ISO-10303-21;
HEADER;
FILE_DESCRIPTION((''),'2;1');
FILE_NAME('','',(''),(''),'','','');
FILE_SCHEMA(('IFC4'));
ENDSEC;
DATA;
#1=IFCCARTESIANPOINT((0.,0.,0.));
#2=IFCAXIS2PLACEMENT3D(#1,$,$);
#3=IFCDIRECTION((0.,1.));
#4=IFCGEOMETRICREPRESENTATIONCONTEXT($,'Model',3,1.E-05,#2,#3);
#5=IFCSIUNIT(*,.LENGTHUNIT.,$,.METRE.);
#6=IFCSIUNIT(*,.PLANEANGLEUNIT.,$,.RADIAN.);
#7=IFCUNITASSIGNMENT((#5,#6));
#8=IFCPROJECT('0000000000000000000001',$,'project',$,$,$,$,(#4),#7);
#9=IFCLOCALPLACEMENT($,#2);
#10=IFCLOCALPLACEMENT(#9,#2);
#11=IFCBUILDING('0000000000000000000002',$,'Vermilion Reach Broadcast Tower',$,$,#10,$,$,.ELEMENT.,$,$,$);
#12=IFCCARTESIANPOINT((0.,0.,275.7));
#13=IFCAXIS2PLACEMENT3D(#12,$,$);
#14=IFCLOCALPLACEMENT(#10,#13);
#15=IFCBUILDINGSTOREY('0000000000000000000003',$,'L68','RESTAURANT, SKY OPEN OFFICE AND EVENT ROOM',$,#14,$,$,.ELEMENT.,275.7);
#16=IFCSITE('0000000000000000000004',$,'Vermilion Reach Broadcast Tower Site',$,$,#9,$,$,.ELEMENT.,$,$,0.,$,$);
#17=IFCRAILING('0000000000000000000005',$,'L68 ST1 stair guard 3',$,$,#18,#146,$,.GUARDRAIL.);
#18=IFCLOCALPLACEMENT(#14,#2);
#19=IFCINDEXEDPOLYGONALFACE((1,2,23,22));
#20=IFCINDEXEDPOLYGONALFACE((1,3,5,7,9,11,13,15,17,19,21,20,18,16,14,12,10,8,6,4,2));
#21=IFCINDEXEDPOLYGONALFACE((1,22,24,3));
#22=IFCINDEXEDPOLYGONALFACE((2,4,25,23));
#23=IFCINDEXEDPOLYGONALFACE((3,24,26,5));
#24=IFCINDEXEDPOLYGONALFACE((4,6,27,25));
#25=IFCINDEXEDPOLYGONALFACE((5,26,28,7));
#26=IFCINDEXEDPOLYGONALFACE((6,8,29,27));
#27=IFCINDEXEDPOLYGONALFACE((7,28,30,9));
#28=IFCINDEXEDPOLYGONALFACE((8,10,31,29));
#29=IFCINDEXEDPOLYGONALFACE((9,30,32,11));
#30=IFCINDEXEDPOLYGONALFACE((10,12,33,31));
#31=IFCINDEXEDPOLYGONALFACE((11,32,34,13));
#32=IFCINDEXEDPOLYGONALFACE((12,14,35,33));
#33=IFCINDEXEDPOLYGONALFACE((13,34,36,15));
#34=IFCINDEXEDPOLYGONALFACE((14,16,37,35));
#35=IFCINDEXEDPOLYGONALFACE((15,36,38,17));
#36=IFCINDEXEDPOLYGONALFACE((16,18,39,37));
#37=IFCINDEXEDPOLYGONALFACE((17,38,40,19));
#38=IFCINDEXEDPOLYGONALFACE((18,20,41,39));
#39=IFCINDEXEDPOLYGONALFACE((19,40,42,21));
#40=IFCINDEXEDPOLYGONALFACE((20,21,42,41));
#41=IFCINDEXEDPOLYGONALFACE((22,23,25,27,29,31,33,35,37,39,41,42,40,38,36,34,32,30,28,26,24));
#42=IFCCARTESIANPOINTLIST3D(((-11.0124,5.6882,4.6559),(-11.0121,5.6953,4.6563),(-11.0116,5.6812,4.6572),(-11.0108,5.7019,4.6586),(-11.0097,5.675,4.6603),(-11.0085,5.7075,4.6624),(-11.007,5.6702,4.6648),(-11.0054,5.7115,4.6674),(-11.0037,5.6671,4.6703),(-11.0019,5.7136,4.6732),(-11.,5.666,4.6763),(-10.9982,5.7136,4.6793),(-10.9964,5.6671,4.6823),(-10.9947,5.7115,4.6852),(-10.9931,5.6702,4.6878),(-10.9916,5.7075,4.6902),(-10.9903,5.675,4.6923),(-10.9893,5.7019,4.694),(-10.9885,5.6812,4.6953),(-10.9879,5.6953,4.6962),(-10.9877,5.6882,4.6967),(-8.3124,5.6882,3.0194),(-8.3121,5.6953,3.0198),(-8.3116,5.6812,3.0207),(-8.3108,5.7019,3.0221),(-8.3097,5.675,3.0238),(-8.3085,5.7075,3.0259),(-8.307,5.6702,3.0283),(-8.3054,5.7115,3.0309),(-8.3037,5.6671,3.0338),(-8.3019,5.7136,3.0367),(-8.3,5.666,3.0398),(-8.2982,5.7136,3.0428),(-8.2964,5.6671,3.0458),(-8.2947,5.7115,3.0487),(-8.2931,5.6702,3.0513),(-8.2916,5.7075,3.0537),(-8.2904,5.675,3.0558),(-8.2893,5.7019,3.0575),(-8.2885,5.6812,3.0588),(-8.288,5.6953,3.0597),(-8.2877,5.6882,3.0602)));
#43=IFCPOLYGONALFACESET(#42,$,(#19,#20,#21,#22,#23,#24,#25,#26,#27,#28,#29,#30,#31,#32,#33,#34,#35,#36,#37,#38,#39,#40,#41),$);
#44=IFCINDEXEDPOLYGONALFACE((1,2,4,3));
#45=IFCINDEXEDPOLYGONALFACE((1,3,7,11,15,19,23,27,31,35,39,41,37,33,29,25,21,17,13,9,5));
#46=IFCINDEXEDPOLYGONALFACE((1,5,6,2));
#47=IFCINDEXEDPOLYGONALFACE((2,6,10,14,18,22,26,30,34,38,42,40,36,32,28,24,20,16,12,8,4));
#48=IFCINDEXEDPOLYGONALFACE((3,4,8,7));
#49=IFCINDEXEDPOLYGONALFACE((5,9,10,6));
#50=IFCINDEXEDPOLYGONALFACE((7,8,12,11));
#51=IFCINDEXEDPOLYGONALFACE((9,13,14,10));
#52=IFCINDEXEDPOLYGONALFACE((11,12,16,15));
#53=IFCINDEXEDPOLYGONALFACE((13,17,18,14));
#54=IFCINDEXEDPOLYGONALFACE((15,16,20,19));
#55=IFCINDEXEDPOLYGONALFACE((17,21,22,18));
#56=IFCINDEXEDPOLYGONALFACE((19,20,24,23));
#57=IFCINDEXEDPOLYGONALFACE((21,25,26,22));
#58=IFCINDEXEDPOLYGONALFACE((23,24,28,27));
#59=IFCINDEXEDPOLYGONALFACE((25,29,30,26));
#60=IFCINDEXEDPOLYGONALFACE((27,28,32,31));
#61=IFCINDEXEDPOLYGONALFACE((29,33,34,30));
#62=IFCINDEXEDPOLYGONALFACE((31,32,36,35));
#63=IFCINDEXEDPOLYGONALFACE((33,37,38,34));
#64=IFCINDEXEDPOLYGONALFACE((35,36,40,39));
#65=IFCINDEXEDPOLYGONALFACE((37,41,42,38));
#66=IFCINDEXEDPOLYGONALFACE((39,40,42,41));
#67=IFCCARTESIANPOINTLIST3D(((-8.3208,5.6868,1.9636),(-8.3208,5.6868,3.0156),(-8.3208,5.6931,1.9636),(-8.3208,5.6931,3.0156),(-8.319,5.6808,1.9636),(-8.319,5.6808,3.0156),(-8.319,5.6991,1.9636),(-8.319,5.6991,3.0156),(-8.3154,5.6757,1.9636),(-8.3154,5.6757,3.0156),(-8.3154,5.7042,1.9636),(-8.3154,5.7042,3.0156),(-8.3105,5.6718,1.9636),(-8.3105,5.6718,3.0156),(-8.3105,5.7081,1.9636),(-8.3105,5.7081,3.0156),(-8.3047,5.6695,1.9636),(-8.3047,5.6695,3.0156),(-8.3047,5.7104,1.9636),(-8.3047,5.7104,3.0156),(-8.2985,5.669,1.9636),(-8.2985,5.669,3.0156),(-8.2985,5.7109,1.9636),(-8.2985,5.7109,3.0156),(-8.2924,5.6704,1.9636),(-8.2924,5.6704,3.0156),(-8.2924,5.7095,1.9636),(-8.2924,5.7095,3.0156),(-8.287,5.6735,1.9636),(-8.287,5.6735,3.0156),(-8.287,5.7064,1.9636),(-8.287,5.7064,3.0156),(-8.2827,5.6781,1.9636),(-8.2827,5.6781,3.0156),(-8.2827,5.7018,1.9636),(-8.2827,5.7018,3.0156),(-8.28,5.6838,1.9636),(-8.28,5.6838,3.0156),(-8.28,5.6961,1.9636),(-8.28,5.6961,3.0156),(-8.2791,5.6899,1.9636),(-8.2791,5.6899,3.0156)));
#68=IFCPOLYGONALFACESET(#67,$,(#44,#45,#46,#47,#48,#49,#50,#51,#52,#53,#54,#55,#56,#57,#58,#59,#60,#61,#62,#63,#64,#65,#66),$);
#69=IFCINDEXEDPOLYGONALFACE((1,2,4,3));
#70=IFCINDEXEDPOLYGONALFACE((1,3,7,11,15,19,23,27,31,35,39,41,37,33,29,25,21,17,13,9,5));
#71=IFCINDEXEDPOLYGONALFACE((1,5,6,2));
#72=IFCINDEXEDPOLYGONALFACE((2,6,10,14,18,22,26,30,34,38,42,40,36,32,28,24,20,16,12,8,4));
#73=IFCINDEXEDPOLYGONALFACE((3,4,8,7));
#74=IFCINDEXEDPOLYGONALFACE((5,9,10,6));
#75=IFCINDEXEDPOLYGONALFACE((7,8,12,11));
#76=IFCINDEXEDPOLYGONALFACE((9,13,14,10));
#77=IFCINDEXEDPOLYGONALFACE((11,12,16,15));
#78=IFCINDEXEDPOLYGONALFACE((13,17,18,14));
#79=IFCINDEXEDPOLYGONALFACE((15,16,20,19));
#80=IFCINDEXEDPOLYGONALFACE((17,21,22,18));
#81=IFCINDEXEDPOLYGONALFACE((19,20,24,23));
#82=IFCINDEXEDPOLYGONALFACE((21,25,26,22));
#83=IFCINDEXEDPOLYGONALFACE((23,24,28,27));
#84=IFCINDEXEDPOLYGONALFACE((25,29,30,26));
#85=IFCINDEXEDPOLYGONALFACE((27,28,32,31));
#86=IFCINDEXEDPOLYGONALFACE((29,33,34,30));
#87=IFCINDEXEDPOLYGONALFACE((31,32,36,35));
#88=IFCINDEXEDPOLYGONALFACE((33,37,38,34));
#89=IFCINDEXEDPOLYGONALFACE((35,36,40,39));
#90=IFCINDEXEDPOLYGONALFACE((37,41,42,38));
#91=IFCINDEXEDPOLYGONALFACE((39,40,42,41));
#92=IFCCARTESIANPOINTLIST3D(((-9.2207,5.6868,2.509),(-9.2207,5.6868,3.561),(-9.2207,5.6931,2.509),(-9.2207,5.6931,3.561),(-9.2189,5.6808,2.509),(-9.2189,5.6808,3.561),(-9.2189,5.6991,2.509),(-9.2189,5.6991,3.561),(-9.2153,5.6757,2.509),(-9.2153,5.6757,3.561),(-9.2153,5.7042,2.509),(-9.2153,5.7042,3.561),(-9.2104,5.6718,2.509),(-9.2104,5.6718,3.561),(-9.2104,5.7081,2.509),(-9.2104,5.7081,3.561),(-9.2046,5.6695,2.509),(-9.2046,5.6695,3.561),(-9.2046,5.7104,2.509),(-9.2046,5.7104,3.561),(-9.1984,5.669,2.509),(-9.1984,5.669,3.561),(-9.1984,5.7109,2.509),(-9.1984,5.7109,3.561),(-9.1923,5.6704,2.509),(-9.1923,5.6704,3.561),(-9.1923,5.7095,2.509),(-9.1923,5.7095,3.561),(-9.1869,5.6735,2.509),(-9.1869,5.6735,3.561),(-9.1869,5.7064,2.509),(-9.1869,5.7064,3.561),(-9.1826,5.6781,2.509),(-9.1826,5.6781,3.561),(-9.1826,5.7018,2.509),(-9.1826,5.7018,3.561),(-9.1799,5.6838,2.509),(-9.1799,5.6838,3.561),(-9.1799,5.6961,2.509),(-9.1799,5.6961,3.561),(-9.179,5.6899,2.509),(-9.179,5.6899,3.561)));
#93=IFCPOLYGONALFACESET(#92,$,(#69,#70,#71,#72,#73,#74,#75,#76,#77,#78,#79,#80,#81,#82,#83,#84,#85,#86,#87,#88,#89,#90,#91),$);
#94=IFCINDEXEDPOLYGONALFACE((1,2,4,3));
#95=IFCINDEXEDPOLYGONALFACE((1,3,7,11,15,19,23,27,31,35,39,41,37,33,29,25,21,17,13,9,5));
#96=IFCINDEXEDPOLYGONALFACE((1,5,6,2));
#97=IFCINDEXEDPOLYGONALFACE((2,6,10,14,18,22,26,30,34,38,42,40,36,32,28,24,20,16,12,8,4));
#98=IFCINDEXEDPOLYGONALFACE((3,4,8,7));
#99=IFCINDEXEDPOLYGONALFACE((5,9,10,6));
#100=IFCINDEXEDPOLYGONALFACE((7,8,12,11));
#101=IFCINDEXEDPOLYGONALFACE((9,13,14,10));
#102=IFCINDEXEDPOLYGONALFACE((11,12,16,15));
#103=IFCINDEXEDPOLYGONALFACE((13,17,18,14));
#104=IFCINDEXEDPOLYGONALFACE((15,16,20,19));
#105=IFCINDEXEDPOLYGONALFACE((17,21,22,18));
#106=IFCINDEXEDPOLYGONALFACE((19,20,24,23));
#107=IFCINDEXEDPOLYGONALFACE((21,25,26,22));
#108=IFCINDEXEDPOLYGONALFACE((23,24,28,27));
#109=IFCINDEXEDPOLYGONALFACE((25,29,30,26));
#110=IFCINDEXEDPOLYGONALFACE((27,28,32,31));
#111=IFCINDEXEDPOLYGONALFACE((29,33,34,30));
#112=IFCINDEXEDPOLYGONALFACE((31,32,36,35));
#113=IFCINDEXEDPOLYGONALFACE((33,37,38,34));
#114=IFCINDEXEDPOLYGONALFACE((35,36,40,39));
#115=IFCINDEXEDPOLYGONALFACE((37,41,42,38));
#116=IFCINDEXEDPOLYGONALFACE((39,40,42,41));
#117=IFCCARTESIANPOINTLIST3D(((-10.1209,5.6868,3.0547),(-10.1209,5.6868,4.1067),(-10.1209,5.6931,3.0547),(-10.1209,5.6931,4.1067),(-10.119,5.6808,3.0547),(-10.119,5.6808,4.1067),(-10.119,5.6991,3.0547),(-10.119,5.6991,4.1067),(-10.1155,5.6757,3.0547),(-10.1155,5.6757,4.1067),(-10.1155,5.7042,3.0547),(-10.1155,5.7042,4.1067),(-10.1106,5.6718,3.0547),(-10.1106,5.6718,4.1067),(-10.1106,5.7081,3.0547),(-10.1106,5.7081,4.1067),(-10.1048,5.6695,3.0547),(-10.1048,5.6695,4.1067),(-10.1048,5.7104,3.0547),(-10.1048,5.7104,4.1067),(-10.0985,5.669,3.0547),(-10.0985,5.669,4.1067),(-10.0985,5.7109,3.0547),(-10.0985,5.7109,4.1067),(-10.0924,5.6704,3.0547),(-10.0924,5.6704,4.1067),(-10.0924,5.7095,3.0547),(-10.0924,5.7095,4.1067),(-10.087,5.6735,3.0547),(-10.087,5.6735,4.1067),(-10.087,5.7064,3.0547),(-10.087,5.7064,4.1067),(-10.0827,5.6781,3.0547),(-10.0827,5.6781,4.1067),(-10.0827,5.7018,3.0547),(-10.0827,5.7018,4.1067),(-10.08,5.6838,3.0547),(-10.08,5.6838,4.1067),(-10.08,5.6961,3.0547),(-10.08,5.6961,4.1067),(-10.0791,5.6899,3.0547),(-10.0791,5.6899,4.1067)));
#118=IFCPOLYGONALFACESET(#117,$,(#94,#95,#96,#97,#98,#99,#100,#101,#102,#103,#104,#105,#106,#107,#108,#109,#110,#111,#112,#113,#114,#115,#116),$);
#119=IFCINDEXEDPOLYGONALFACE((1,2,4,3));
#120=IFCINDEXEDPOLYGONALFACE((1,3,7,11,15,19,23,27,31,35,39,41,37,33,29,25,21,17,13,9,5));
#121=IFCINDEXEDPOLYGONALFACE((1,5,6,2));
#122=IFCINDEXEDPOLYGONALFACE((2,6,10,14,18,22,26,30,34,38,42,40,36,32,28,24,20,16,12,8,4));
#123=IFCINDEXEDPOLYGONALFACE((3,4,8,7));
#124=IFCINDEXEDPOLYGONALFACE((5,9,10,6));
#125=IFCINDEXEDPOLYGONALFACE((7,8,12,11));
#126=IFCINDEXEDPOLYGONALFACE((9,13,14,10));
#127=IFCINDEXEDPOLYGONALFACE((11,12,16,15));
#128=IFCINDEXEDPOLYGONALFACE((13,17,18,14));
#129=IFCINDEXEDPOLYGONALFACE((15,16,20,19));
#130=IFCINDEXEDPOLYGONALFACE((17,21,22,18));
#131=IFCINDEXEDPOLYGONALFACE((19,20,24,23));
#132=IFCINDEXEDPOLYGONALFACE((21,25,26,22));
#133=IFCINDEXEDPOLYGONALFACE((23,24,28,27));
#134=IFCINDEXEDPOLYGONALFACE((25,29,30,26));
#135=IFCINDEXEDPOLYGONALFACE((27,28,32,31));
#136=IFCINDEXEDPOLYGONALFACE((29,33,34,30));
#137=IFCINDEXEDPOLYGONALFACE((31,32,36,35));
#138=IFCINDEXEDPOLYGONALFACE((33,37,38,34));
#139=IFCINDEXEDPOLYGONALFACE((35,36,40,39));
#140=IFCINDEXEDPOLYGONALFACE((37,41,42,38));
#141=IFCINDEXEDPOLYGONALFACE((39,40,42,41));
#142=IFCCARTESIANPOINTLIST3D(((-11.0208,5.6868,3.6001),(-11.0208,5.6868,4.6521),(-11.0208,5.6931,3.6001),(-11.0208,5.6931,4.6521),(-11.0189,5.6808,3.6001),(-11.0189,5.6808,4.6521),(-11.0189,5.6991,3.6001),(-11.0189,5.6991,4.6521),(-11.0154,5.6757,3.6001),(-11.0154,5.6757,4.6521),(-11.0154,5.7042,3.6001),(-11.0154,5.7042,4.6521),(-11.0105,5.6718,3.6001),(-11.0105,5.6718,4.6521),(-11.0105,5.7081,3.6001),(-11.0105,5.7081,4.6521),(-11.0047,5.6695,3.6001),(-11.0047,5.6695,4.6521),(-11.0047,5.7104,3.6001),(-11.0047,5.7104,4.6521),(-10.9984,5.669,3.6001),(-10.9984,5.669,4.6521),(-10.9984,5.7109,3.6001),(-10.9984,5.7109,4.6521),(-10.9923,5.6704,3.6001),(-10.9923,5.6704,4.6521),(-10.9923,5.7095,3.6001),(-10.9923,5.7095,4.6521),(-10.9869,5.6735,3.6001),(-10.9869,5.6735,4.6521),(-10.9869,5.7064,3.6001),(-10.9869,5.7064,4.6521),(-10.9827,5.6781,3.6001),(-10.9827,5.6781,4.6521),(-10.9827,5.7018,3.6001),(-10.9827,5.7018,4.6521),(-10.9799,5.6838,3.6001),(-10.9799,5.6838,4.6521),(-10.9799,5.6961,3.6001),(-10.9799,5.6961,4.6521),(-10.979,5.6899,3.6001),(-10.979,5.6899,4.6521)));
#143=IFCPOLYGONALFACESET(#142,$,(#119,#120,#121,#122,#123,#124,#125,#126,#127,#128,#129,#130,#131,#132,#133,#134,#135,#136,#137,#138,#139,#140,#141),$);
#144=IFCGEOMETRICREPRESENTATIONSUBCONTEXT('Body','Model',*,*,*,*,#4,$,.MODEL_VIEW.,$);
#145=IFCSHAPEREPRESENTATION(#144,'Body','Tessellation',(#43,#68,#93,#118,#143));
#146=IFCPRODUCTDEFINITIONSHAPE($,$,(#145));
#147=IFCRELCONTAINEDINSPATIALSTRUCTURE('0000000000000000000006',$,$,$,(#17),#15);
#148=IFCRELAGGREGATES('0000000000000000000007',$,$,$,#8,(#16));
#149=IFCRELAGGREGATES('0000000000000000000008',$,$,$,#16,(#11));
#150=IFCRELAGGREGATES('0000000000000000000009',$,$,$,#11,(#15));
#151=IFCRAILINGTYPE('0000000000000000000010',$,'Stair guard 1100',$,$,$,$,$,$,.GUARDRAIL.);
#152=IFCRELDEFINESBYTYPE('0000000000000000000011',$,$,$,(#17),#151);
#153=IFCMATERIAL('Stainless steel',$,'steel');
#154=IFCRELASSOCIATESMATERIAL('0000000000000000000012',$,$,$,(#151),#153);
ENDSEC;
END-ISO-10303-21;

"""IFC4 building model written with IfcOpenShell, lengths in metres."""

from ifc_helpers import new_model, si_unit, direction, frame, origin, origin_2d, place, context, subcontext, project, spatial, circle, extrude, material, type_object, element, save


model = new_model("IFC4")

# Units and contexts
model_context = context("Model", 3, precision=1e-05, world=origin(), true_north=direction((0.0, 1.0)))
body_context = subcontext(model_context, "Body", "Model", "MODEL_VIEW")
ifc_project = project(units=[si_unit("LENGTHUNIT", "METRE"), si_unit("PLANEANGLEUNIT", "RADIAN")], contexts=[model_context])

# Site, building, storey
site_placement = place(None, origin())
site = spatial("IfcSite", under=ifc_project, at=site_placement, Name="Vermilion Reach Broadcast Tower Site", CompositionType="ELEMENT", RefElevation=0.0)
building_placement = place(site_placement, origin())
building = spatial("IfcBuilding", under=site, at=building_placement, Name="Vermilion Reach Broadcast Tower", CompositionType="ELEMENT")
storey_placement = place(building_placement, frame((0.0, 0.0, 275.7)))
storey = spatial("IfcBuildingStorey", under=building, at=storey_placement, Name="L68", Description="RESTAURANT, SKY OPEN OFFICE AND EVENT ROOM", CompositionType="ELEMENT", Elevation=275.7)

# Railing
ifc_material_1 = material(Name="Stainless steel", Category="steel")
railing_type_1 = type_object("IfcRailingType", Name="Stair guard 1100", PredefinedType="GUARDRAIL", material=ifc_material_1)
railing_1_placement = place(storey_placement, frame((-8.3, 5.6899, 1.9636)))
element("IfcRailing", 1, at=railing_1_placement, inside=storey, type_object=railing_type_1, Name="L68 ST1 stair guard 3", PredefinedType="GUARDRAIL", context=body_context, shape_type="SweptSolid", body=[
    extrude(circle(Radius=0.0239, at=origin_2d()), frame((0.0, 0.0, 1.0762), z_axis=(-0.855178, 0.0, 0.518334), x_axis=(0.0, -1.0, 0.0)), (0.0, 0.0, 1.0), 3.1572),
    extrude(circle(Radius=0.021, at=origin_2d()), origin(), (0.0, 0.0, 1.0), 1.052),
    extrude(circle(Radius=0.021, at=origin_2d()), frame((-0.8999, 0.0, 0.5454)), (0.0, 0.0, 1.0), 1.052),
    extrude(circle(Radius=0.021, at=origin_2d()), frame((-1.8, 0.0, 1.0911)), (0.0, 0.0, 1.0), 1.052),
    extrude(circle(Radius=0.021, at=origin_2d()), frame((-2.7, 0.0, 1.6365)), (0.0, 0.0, 1.0), 1.052),
])

save(model, "model.ifc")
